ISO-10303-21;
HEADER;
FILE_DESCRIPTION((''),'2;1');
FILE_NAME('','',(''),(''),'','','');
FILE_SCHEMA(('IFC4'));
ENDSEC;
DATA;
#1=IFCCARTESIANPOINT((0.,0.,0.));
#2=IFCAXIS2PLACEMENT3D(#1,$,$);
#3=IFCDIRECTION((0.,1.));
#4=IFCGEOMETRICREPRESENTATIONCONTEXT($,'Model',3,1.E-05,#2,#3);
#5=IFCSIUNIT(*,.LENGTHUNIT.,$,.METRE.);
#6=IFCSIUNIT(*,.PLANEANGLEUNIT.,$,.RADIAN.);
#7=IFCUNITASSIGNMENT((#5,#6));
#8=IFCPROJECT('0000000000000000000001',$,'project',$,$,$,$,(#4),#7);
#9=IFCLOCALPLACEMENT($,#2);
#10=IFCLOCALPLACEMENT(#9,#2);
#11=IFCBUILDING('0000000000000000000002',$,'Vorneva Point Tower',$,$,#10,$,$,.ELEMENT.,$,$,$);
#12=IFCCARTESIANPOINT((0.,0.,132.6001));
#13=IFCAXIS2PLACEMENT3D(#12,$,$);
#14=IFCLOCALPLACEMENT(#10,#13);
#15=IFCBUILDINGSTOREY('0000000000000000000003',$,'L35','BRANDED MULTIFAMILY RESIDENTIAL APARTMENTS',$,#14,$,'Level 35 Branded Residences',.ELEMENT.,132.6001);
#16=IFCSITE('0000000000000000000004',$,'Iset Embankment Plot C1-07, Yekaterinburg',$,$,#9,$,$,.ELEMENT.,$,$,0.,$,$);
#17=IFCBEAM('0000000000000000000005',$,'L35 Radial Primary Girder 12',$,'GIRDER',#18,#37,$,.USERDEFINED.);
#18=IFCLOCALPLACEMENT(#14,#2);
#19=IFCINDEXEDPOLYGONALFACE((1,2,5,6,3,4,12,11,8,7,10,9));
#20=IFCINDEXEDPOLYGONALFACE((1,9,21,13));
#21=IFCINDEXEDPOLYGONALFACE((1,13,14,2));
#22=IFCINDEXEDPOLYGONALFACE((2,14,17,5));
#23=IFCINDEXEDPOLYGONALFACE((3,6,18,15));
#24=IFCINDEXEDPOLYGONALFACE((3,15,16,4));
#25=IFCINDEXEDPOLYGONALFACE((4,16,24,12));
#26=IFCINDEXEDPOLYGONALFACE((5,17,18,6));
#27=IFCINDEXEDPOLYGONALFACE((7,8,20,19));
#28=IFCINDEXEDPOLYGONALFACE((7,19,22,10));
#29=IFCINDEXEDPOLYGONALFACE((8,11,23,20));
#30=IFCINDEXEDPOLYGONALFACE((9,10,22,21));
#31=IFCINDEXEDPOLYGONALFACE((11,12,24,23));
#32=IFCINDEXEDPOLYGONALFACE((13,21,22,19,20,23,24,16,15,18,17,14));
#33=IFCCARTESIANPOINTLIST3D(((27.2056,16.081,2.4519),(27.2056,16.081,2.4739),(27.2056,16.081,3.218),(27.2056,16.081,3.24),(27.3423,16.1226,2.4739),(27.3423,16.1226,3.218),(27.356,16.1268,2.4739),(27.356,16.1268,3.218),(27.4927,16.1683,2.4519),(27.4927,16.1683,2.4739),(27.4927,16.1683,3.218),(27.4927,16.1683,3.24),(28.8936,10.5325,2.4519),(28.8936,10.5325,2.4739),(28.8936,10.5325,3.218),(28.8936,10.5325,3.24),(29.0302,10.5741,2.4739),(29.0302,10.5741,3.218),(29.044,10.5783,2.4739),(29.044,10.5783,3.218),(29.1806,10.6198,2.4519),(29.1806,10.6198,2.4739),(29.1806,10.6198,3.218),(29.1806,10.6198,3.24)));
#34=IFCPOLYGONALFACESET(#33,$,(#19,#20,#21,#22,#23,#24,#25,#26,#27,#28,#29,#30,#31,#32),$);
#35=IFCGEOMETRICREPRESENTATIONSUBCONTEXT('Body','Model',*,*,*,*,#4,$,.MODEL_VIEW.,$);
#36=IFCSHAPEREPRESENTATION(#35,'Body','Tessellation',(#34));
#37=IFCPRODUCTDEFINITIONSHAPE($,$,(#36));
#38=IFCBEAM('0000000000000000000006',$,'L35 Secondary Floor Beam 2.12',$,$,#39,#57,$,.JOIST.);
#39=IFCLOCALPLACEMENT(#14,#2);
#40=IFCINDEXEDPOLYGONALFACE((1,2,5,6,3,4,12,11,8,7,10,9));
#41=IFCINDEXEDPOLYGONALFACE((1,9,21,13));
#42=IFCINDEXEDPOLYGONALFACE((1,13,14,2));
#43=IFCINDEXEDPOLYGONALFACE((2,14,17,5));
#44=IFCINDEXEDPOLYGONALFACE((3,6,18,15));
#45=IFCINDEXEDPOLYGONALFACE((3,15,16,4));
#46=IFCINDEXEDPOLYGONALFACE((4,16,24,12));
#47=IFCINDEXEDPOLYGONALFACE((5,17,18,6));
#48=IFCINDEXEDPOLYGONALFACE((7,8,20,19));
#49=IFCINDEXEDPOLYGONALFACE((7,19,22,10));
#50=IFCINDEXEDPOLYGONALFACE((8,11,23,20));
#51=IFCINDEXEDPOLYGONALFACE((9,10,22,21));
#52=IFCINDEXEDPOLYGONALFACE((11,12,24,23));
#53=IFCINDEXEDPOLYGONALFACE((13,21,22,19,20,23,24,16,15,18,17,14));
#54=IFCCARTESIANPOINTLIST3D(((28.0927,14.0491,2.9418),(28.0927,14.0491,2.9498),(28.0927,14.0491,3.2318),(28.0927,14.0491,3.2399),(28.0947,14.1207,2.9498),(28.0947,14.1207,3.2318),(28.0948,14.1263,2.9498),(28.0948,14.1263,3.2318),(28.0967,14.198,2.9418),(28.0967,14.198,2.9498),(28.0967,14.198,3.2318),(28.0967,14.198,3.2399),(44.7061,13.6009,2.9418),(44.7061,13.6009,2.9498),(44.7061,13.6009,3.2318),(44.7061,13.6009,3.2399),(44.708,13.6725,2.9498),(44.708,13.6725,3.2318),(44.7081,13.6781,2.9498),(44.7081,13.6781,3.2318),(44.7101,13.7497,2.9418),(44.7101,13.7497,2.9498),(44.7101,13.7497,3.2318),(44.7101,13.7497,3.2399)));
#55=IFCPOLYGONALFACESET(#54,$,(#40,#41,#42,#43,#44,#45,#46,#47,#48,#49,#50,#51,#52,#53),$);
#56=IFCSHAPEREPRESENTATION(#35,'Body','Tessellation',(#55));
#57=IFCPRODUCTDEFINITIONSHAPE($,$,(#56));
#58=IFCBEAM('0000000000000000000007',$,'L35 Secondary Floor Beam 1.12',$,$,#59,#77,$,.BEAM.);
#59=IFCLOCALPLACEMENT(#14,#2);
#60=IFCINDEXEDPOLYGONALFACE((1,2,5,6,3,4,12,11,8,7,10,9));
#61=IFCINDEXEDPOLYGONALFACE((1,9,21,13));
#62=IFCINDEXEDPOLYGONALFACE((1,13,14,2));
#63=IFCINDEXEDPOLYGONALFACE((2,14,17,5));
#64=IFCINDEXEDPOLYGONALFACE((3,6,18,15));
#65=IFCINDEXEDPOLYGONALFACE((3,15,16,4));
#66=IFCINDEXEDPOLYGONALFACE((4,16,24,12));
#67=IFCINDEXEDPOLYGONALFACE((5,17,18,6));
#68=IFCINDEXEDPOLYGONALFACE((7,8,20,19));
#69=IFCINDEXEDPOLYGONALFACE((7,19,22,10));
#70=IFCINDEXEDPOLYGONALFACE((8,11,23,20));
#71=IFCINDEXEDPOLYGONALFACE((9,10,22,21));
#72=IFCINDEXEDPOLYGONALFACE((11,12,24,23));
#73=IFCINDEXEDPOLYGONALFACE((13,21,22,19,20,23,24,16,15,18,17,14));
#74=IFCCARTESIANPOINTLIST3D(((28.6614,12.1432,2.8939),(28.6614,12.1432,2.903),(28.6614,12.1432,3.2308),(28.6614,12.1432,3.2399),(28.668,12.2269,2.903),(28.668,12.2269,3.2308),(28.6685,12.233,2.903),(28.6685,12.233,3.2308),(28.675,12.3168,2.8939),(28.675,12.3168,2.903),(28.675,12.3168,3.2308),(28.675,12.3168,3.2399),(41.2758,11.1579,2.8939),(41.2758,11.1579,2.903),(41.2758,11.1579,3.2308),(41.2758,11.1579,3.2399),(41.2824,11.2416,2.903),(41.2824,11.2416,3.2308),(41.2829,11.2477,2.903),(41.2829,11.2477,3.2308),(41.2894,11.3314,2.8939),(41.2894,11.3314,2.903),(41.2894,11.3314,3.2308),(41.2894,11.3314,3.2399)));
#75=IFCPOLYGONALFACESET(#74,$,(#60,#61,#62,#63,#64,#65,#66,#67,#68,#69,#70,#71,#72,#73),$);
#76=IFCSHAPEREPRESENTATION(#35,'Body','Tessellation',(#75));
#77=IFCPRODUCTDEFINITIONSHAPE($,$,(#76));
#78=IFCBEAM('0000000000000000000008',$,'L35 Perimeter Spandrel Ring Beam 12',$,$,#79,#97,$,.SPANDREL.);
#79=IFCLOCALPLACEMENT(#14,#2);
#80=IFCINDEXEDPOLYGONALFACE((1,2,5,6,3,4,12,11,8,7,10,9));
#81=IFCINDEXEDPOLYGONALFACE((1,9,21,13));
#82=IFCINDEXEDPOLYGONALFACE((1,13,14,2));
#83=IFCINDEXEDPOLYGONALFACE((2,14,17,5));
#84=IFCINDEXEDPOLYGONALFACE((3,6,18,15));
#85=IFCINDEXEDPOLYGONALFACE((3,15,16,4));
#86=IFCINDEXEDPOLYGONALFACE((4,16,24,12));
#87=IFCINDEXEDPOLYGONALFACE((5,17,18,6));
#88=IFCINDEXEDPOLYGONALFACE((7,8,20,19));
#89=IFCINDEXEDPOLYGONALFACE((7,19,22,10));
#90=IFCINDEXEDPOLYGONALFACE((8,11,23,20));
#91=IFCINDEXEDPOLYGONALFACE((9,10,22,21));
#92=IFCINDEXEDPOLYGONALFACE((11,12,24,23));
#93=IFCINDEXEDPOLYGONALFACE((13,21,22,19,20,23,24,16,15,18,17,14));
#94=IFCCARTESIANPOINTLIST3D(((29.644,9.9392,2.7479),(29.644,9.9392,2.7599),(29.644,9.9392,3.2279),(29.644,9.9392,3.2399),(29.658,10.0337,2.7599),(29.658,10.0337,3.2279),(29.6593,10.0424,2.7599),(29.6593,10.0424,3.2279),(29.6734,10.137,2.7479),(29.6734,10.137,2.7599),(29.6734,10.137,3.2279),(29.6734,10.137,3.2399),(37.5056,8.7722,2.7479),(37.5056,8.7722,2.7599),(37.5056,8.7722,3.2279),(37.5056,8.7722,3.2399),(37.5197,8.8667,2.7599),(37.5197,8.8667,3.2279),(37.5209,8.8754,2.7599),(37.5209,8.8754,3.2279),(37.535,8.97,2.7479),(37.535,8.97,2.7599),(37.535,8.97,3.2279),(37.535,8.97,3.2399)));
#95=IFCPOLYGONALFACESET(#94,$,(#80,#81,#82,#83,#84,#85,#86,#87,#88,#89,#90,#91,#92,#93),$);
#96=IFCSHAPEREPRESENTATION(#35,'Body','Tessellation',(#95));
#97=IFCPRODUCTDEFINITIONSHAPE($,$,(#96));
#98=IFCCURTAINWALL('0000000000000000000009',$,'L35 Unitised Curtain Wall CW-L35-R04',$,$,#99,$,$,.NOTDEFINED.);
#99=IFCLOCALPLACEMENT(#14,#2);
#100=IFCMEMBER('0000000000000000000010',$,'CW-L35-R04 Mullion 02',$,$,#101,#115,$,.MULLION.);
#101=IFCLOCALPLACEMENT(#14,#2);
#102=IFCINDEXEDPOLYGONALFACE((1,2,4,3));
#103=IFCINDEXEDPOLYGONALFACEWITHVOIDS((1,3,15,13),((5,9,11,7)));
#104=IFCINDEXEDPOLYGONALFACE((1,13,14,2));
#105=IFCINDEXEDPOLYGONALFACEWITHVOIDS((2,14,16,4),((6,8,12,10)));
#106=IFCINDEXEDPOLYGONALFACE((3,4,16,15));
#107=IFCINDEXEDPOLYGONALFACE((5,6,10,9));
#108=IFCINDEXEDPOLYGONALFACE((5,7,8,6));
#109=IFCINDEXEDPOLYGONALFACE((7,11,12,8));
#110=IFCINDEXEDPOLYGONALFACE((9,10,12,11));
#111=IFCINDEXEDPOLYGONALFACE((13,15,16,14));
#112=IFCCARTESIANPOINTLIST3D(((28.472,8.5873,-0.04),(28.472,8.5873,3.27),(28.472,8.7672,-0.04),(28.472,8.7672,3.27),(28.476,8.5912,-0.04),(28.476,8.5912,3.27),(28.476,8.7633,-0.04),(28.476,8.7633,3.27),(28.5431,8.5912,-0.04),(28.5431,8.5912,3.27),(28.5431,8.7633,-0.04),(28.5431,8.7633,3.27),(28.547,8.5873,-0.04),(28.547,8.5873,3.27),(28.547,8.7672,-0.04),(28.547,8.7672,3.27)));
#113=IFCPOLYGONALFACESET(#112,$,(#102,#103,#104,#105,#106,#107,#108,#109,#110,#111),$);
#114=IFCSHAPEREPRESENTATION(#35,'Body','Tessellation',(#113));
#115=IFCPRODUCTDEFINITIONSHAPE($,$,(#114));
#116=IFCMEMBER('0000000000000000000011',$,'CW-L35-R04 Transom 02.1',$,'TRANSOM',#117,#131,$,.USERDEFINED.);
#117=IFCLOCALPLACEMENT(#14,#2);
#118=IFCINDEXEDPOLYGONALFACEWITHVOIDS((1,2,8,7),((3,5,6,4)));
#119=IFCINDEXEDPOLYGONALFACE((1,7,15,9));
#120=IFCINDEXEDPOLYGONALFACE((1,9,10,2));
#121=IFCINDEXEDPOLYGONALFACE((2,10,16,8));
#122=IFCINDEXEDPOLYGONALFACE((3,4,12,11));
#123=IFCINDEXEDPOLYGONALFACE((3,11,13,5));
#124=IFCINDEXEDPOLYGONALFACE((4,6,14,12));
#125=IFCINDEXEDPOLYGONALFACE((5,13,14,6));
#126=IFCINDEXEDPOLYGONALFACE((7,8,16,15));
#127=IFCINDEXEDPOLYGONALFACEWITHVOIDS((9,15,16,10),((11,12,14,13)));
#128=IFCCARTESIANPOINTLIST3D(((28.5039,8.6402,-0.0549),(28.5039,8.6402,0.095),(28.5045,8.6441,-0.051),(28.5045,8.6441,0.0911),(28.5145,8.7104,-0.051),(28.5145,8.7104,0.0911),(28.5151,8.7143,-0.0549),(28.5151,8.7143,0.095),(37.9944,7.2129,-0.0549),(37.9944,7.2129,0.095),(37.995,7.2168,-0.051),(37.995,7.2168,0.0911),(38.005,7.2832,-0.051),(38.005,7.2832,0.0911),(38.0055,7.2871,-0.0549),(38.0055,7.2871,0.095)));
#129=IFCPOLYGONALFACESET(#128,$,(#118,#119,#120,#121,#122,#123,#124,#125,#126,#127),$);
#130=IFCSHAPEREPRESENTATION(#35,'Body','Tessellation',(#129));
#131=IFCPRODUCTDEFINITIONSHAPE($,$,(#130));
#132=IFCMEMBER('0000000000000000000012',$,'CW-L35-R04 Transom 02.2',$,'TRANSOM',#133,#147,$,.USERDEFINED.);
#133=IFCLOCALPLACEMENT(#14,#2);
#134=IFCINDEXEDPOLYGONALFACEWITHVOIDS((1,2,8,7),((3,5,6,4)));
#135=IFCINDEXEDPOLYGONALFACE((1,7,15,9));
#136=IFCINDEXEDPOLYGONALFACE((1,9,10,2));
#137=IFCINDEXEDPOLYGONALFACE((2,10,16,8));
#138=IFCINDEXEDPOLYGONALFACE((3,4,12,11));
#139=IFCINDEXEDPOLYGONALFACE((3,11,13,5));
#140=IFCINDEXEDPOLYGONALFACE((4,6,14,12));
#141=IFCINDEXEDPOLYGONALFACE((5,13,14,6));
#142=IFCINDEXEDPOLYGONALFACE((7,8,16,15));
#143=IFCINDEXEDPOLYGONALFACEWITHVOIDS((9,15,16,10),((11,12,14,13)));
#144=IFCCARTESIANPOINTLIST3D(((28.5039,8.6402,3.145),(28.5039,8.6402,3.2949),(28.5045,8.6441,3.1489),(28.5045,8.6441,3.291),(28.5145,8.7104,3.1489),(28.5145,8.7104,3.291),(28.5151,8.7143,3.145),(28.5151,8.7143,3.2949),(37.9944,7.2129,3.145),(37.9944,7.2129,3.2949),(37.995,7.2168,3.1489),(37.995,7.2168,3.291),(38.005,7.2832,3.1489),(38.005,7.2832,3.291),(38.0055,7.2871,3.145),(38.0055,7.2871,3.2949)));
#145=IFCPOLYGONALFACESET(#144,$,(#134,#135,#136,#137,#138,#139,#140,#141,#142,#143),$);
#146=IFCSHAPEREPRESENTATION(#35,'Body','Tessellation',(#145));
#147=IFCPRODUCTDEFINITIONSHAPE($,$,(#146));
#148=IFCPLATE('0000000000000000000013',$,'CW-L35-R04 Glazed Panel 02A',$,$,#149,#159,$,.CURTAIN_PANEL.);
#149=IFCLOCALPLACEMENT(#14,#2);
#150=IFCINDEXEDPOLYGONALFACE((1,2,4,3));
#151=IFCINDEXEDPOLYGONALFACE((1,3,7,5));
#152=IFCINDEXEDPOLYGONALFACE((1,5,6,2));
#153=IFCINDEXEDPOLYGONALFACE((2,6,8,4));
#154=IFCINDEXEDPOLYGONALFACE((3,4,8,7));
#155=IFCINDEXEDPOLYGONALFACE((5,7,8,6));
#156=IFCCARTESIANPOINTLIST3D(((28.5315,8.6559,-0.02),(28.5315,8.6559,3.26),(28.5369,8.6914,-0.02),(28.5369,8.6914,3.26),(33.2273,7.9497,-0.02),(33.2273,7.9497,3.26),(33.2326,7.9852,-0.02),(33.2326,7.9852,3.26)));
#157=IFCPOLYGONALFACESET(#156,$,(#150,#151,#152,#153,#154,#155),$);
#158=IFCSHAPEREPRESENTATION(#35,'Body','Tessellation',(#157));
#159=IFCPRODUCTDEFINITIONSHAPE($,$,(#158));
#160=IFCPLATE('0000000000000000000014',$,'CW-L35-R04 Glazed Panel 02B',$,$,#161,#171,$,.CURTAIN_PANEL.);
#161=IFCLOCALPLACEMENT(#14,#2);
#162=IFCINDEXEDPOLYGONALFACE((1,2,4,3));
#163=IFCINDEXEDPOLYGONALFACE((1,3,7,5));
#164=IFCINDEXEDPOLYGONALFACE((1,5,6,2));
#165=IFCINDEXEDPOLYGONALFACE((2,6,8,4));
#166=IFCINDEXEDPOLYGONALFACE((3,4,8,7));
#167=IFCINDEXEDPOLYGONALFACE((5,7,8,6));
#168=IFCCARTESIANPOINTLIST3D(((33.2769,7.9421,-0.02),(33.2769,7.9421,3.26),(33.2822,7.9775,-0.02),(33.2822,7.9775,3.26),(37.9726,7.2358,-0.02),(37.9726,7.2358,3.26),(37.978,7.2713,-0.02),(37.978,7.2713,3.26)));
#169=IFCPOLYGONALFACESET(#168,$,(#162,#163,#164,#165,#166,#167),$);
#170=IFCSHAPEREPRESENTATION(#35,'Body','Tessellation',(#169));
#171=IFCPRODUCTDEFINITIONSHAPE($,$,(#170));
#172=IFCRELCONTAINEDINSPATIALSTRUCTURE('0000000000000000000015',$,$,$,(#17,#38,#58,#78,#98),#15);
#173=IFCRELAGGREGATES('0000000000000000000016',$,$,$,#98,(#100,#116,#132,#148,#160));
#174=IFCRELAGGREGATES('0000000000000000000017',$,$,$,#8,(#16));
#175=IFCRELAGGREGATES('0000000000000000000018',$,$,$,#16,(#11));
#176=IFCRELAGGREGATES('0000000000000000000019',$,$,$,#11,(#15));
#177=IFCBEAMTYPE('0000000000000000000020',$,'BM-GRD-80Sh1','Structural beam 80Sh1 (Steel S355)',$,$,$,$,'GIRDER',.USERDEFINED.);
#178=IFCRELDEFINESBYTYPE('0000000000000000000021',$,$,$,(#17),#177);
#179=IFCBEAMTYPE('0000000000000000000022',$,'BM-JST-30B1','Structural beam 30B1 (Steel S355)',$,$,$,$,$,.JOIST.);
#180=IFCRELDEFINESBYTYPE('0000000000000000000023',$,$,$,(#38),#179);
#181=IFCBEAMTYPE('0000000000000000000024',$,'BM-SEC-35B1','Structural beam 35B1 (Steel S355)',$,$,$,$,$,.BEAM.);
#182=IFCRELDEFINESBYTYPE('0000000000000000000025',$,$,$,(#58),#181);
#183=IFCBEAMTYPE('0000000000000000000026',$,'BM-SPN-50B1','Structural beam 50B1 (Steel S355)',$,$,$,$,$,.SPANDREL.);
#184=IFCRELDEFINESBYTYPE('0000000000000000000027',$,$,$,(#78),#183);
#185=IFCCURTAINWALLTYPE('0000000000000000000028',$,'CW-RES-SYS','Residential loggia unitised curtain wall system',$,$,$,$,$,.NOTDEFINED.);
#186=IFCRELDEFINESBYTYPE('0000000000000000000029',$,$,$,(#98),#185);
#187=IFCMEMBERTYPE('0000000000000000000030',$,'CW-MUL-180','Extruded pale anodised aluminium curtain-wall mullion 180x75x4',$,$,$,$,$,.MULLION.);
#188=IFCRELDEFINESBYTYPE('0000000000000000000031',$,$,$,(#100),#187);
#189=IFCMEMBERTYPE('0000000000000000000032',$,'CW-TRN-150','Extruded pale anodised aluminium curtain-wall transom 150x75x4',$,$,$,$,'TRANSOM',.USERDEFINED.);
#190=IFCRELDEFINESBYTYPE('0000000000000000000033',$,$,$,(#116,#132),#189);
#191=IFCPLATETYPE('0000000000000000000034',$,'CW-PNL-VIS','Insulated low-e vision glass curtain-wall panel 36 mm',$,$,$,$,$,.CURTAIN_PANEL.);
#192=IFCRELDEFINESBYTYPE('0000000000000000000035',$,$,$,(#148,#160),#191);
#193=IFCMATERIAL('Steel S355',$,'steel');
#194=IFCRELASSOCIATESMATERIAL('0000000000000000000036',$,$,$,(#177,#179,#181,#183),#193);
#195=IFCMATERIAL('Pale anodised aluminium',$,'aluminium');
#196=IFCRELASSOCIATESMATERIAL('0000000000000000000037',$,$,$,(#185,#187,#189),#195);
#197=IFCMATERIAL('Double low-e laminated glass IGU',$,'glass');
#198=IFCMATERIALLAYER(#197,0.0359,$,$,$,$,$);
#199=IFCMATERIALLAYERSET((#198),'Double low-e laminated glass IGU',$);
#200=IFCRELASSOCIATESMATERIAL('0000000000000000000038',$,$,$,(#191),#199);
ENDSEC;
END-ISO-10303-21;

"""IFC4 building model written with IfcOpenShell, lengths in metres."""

from ifc_helpers import new_model, si_unit, direction, frame, origin, origin_2d, place, context, subcontext, project, spatial, rectangle, hollow_rectangle, i_section, extrude, material, layer, layer_set, material_profile, profile_set, type_object, element, aggregate, save


model = new_model("IFC4")

# Units and contexts
model_context = context("Model", 3, precision=1e-05, world=origin(), true_north=direction((0.0, 1.0)))
body_context = subcontext(model_context, "Body", "Model", "MODEL_VIEW")
ifc_project = project(units=[si_unit("LENGTHUNIT", "METRE"), si_unit("PLANEANGLEUNIT", "RADIAN")], contexts=[model_context])

# Site, building, storey
site_placement = place(None, origin())
site = spatial("IfcSite", under=ifc_project, at=site_placement, Name="Iset Embankment Plot C1-07, Yekaterinburg", CompositionType="ELEMENT", RefElevation=0.0)
building_placement = place(site_placement, origin())
building = spatial("IfcBuilding", under=site, at=building_placement, Name="Vorneva Point Tower", CompositionType="ELEMENT")
storey_placement = place(building_placement, frame((0.0, 0.0, 132.6001)))
storey = spatial("IfcBuildingStorey", under=building, at=storey_placement, Name="L35", Description="BRANDED MULTIFAMILY RESIDENTIAL APARTMENTS", LongName="Level 35 Branded Residences", CompositionType="ELEMENT", Elevation=132.6001)

# Beams
ifc_material_1 = material(Name="Steel S355", Category="steel")
ifc_material_profile_1 = material_profile(ifc_material_1, i_section(OverallWidth=0.3, OverallDepth=0.7881, WebThickness=0.0144, FlangeThickness=0.022, at=origin_2d()), Name="80Sh1")
ifc_profile_set_1 = profile_set([ifc_material_profile_1], Name="Steel S355")
beam_type_1 = type_object("IfcBeamType", Name="BM-GRD-80Sh1", Description="Structural beam 80Sh1 (Steel S355)", ElementType="GIRDER", PredefinedType="USERDEFINED", material=ifc_profile_set_1)
beam_1_placement = place(storey_placement, frame((29.0371, 10.5762, 2.8459), z_axis=(-0.291049, 0.956708, 0.0), x_axis=(-0.956708, -0.291049, 0.0)))
element("IfcBeam", 1, at=beam_1_placement, inside=storey, type_object=beam_type_1, Name="L35 Radial Primary Girder 12", ObjectType="GIRDER", PredefinedType="USERDEFINED", context=body_context, shape_type="SweptSolid", body=[
    extrude(i_section(OverallWidth=0.3, OverallDepth=0.7881, WebThickness=0.0144, FlangeThickness=0.022, at=origin_2d()), origin(), (0.0, 0.0, 1.0), 5.7996),
])
ifc_material_profile_2 = material_profile(ifc_material_1, i_section(OverallWidth=0.1489, OverallDepth=0.2981, WebThickness=0.0056, FlangeThickness=0.0081, at=origin_2d()), Name="30B1")
ifc_profile_set_2 = profile_set([ifc_material_profile_2], Name="Steel S355")
beam_type_2 = type_object("IfcBeamType", Name="BM-JST-30B1", Description="Structural beam 30B1 (Steel S355)", PredefinedType="JOIST", material=ifc_profile_set_2)
beam_2_placement = place(storey_placement, frame((28.0947, 14.1235, 3.0908), z_axis=(0.999636, -0.026971, 0.0), x_axis=(0.026971, 0.999636, 0.0)))
element("IfcBeam", 2, at=beam_2_placement, inside=storey, type_object=beam_type_2, Name="L35 Secondary Floor Beam 2.12", PredefinedType="JOIST", context=body_context, shape_type="SweptSolid", body=[
    extrude(i_section(OverallWidth=0.1489, OverallDepth=0.2981, WebThickness=0.0056, FlangeThickness=0.0081, at=origin_2d()), origin(), (0.0, 0.0, 1.0), 16.6194),
])
ifc_material_profile_3 = material_profile(ifc_material_1, i_section(OverallWidth=0.1741, OverallDepth=0.3459, WebThickness=0.0061, FlangeThickness=0.009, at=origin_2d()), Name="35B1")
ifc_profile_set_3 = profile_set([ifc_material_profile_3], Name="Steel S355")
beam_type_3 = type_object("IfcBeamType", Name="BM-SEC-35B1", Description="Structural beam 35B1 (Steel S355)", PredefinedType="BEAM", material=ifc_profile_set_3)
beam_3_placement = place(storey_placement, frame((28.6682, 12.23, 3.0669), z_axis=(0.996963, -0.077875, 0.0), x_axis=(0.077875, 0.996963, 0.0)))
element("IfcBeam", 3, at=beam_3_placement, inside=storey, type_object=beam_type_3, Name="L35 Secondary Floor Beam 1.12", PredefinedType="BEAM", context=body_context, shape_type="SweptSolid", body=[
    extrude(i_section(OverallWidth=0.1741, OverallDepth=0.3459, WebThickness=0.0061, FlangeThickness=0.009, at=origin_2d()), origin(), (0.0, 0.0, 1.0), 12.6528),
])
ifc_material_profile_4 = material_profile(ifc_material_1, i_section(OverallWidth=0.2, OverallDepth=0.4919, WebThickness=0.0088, FlangeThickness=0.012, at=origin_2d()), Name="50B1")
ifc_profile_set_4 = profile_set([ifc_material_profile_4], Name="Steel S355")
beam_type_4 = type_object("IfcBeamType", Name="BM-SPN-50B1", Description="Structural beam 50B1 (Steel S355)", PredefinedType="SPANDREL", material=ifc_profile_set_4)
beam_4_placement = place(storey_placement, frame((29.6587, 10.0381, 2.9939), z_axis=(0.989161, -0.146834, 0.0), x_axis=(0.146834, 0.989161, 0.0)))
element("IfcBeam", 4, at=beam_4_placement, inside=storey, type_object=beam_type_4, Name="L35 Perimeter Spandrel Ring Beam 12", PredefinedType="SPANDREL", context=body_context, shape_type="SweptSolid", body=[
    extrude(i_section(OverallWidth=0.2, OverallDepth=0.4919, WebThickness=0.0088, FlangeThickness=0.012, at=origin_2d()), origin(), (0.0, 0.0, 1.0), 7.9478),
])

# Curtain wall, members, plates
ifc_material_2 = material(Name="Pale anodised aluminium", Category="aluminium")
curtain_wall_type = type_object("IfcCurtainWallType", Name="CW-RES-SYS", Description="Residential loggia unitised curtain wall system", PredefinedType="NOTDEFINED", material=ifc_material_2)
curtain_wall_placement = place(storey_placement, origin())
curtain_wall = element("IfcCurtainWall", 5, at=curtain_wall_placement, inside=storey, type_object=curtain_wall_type, Name="L35 Unitised Curtain Wall CW-L35-R04", PredefinedType="NOTDEFINED")
ifc_material_profile_5 = material_profile(ifc_material_2, hollow_rectangle(XDim=0.075, YDim=0.1799, WallThickness=0.0039, at=origin_2d()), Name="AL-MUL 180x75x4")
ifc_profile_set_5 = profile_set([ifc_material_profile_5], Name="Pale anodised aluminium")
member_type_1 = type_object("IfcMemberType", Name="CW-MUL-180", Description="Extruded pale anodised aluminium curtain-wall mullion 180x75x4", PredefinedType="MULLION", material=ifc_profile_set_5)
member_1_placement = place(storey_placement, frame((28.5095, 8.6772, -0.04), z_axis=(0.0, 0.0, 1.0), x_axis=(1.0, 0.0, 0.0)))
member_1 = element("IfcMember", 6, at=member_1_placement, type_object=member_type_1, Name="CW-L35-R04 Mullion 02", PredefinedType="MULLION", context=body_context, shape_type="SweptSolid", body=[
    extrude(hollow_rectangle(XDim=0.075, YDim=0.1799, WallThickness=0.0039, at=origin_2d()), origin(), (0.0, 0.0, 1.0), 3.3101),
])
ifc_material_profile_6 = material_profile(ifc_material_2, hollow_rectangle(XDim=0.075, YDim=0.1499, WallThickness=0.0039, at=origin_2d()), Name="AL-TRN 150x75x4")
ifc_profile_set_6 = profile_set([ifc_material_profile_6], Name="Pale anodised aluminium")
member_type_2 = type_object("IfcMemberType", Name="CW-TRN-150", Description="Extruded pale anodised aluminium curtain-wall transom 150x75x4", ElementType="TRANSOM", PredefinedType="USERDEFINED", material=ifc_profile_set_6)
member_2_placement = place(storey_placement, frame((28.5095, 8.6772, 0.02), z_axis=(0.98888, -0.148715, 0.0), x_axis=(0.148715, 0.98888, 0.0)))
member_2 = element("IfcMember", 7, at=member_2_placement, type_object=member_type_2, Name="CW-L35-R04 Transom 02.1", ObjectType="TRANSOM", PredefinedType="USERDEFINED", context=body_context, shape_type="SweptSolid", body=[
    extrude(hollow_rectangle(XDim=0.075, YDim=0.1499, WallThickness=0.0039, at=origin_2d()), origin(), (0.0, 0.0, 1.0), 9.5972),
])
member_3_placement = place(storey_placement, frame((28.5095, 8.6772, 3.22), z_axis=(0.98888, -0.148715, 0.0), x_axis=(0.148715, 0.98888, 0.0)))
member_3 = element("IfcMember", 8, at=member_3_placement, type_object=member_type_2, Name="CW-L35-R04 Transom 02.2", ObjectType="TRANSOM", PredefinedType="USERDEFINED", context=body_context, shape_type="SweptSolid", body=[
    extrude(hollow_rectangle(XDim=0.075, YDim=0.1499, WallThickness=0.0039, at=origin_2d()), origin(), (0.0, 0.0, 1.0), 9.5972),
])
ifc_material_3 = material(Name="Double low-e laminated glass IGU", Category="glass")
ifc_layer_1 = layer(ifc_material_3, 0.0359)
ifc_layer_set_1 = layer_set([ifc_layer_1], Name="Double low-e laminated glass IGU")
plate_type = type_object("IfcPlateType", Name="CW-PNL-VIS", Description="Insulated low-e vision glass curtain-wall panel 36 mm", PredefinedType="CURTAIN_PANEL", material=ifc_layer_set_1)
plate_1_placement = place(storey_placement, frame((30.8821, 8.3206, -0.02), z_axis=(0.0, 0.0, 1.0), x_axis=(0.988879, -0.148724, 0.0)))
plate_1 = element("IfcPlate", 9, at=plate_1_placement, type_object=plate_type, Name="CW-L35-R04 Glazed Panel 02A", PredefinedType="CURTAIN_PANEL", context=body_context, shape_type="SweptSolid", body=[
    extrude(rectangle(XDim=4.7485, YDim=0.0359, at=origin_2d()), origin(), (0.0, 0.0, 1.0), 3.28),
])
plate_2_placement = place(storey_placement, frame((35.6274, 7.6067, -0.02), z_axis=(0.0, 0.0, 1.0), x_axis=(0.988879, -0.148724, 0.0)))
plate_2 = element("IfcPlate", 10, at=plate_2_placement, type_object=plate_type, Name="CW-L35-R04 Glazed Panel 02B", PredefinedType="CURTAIN_PANEL", context=body_context, shape_type="SweptSolid", body=[
    extrude(rectangle(XDim=4.7485, YDim=0.0359, at=origin_2d()), origin(), (0.0, 0.0, 1.0), 3.28),
])
aggregate(curtain_wall, [member_1, member_2, member_3, plate_1, plate_2])

save(model, "model.ifc")
